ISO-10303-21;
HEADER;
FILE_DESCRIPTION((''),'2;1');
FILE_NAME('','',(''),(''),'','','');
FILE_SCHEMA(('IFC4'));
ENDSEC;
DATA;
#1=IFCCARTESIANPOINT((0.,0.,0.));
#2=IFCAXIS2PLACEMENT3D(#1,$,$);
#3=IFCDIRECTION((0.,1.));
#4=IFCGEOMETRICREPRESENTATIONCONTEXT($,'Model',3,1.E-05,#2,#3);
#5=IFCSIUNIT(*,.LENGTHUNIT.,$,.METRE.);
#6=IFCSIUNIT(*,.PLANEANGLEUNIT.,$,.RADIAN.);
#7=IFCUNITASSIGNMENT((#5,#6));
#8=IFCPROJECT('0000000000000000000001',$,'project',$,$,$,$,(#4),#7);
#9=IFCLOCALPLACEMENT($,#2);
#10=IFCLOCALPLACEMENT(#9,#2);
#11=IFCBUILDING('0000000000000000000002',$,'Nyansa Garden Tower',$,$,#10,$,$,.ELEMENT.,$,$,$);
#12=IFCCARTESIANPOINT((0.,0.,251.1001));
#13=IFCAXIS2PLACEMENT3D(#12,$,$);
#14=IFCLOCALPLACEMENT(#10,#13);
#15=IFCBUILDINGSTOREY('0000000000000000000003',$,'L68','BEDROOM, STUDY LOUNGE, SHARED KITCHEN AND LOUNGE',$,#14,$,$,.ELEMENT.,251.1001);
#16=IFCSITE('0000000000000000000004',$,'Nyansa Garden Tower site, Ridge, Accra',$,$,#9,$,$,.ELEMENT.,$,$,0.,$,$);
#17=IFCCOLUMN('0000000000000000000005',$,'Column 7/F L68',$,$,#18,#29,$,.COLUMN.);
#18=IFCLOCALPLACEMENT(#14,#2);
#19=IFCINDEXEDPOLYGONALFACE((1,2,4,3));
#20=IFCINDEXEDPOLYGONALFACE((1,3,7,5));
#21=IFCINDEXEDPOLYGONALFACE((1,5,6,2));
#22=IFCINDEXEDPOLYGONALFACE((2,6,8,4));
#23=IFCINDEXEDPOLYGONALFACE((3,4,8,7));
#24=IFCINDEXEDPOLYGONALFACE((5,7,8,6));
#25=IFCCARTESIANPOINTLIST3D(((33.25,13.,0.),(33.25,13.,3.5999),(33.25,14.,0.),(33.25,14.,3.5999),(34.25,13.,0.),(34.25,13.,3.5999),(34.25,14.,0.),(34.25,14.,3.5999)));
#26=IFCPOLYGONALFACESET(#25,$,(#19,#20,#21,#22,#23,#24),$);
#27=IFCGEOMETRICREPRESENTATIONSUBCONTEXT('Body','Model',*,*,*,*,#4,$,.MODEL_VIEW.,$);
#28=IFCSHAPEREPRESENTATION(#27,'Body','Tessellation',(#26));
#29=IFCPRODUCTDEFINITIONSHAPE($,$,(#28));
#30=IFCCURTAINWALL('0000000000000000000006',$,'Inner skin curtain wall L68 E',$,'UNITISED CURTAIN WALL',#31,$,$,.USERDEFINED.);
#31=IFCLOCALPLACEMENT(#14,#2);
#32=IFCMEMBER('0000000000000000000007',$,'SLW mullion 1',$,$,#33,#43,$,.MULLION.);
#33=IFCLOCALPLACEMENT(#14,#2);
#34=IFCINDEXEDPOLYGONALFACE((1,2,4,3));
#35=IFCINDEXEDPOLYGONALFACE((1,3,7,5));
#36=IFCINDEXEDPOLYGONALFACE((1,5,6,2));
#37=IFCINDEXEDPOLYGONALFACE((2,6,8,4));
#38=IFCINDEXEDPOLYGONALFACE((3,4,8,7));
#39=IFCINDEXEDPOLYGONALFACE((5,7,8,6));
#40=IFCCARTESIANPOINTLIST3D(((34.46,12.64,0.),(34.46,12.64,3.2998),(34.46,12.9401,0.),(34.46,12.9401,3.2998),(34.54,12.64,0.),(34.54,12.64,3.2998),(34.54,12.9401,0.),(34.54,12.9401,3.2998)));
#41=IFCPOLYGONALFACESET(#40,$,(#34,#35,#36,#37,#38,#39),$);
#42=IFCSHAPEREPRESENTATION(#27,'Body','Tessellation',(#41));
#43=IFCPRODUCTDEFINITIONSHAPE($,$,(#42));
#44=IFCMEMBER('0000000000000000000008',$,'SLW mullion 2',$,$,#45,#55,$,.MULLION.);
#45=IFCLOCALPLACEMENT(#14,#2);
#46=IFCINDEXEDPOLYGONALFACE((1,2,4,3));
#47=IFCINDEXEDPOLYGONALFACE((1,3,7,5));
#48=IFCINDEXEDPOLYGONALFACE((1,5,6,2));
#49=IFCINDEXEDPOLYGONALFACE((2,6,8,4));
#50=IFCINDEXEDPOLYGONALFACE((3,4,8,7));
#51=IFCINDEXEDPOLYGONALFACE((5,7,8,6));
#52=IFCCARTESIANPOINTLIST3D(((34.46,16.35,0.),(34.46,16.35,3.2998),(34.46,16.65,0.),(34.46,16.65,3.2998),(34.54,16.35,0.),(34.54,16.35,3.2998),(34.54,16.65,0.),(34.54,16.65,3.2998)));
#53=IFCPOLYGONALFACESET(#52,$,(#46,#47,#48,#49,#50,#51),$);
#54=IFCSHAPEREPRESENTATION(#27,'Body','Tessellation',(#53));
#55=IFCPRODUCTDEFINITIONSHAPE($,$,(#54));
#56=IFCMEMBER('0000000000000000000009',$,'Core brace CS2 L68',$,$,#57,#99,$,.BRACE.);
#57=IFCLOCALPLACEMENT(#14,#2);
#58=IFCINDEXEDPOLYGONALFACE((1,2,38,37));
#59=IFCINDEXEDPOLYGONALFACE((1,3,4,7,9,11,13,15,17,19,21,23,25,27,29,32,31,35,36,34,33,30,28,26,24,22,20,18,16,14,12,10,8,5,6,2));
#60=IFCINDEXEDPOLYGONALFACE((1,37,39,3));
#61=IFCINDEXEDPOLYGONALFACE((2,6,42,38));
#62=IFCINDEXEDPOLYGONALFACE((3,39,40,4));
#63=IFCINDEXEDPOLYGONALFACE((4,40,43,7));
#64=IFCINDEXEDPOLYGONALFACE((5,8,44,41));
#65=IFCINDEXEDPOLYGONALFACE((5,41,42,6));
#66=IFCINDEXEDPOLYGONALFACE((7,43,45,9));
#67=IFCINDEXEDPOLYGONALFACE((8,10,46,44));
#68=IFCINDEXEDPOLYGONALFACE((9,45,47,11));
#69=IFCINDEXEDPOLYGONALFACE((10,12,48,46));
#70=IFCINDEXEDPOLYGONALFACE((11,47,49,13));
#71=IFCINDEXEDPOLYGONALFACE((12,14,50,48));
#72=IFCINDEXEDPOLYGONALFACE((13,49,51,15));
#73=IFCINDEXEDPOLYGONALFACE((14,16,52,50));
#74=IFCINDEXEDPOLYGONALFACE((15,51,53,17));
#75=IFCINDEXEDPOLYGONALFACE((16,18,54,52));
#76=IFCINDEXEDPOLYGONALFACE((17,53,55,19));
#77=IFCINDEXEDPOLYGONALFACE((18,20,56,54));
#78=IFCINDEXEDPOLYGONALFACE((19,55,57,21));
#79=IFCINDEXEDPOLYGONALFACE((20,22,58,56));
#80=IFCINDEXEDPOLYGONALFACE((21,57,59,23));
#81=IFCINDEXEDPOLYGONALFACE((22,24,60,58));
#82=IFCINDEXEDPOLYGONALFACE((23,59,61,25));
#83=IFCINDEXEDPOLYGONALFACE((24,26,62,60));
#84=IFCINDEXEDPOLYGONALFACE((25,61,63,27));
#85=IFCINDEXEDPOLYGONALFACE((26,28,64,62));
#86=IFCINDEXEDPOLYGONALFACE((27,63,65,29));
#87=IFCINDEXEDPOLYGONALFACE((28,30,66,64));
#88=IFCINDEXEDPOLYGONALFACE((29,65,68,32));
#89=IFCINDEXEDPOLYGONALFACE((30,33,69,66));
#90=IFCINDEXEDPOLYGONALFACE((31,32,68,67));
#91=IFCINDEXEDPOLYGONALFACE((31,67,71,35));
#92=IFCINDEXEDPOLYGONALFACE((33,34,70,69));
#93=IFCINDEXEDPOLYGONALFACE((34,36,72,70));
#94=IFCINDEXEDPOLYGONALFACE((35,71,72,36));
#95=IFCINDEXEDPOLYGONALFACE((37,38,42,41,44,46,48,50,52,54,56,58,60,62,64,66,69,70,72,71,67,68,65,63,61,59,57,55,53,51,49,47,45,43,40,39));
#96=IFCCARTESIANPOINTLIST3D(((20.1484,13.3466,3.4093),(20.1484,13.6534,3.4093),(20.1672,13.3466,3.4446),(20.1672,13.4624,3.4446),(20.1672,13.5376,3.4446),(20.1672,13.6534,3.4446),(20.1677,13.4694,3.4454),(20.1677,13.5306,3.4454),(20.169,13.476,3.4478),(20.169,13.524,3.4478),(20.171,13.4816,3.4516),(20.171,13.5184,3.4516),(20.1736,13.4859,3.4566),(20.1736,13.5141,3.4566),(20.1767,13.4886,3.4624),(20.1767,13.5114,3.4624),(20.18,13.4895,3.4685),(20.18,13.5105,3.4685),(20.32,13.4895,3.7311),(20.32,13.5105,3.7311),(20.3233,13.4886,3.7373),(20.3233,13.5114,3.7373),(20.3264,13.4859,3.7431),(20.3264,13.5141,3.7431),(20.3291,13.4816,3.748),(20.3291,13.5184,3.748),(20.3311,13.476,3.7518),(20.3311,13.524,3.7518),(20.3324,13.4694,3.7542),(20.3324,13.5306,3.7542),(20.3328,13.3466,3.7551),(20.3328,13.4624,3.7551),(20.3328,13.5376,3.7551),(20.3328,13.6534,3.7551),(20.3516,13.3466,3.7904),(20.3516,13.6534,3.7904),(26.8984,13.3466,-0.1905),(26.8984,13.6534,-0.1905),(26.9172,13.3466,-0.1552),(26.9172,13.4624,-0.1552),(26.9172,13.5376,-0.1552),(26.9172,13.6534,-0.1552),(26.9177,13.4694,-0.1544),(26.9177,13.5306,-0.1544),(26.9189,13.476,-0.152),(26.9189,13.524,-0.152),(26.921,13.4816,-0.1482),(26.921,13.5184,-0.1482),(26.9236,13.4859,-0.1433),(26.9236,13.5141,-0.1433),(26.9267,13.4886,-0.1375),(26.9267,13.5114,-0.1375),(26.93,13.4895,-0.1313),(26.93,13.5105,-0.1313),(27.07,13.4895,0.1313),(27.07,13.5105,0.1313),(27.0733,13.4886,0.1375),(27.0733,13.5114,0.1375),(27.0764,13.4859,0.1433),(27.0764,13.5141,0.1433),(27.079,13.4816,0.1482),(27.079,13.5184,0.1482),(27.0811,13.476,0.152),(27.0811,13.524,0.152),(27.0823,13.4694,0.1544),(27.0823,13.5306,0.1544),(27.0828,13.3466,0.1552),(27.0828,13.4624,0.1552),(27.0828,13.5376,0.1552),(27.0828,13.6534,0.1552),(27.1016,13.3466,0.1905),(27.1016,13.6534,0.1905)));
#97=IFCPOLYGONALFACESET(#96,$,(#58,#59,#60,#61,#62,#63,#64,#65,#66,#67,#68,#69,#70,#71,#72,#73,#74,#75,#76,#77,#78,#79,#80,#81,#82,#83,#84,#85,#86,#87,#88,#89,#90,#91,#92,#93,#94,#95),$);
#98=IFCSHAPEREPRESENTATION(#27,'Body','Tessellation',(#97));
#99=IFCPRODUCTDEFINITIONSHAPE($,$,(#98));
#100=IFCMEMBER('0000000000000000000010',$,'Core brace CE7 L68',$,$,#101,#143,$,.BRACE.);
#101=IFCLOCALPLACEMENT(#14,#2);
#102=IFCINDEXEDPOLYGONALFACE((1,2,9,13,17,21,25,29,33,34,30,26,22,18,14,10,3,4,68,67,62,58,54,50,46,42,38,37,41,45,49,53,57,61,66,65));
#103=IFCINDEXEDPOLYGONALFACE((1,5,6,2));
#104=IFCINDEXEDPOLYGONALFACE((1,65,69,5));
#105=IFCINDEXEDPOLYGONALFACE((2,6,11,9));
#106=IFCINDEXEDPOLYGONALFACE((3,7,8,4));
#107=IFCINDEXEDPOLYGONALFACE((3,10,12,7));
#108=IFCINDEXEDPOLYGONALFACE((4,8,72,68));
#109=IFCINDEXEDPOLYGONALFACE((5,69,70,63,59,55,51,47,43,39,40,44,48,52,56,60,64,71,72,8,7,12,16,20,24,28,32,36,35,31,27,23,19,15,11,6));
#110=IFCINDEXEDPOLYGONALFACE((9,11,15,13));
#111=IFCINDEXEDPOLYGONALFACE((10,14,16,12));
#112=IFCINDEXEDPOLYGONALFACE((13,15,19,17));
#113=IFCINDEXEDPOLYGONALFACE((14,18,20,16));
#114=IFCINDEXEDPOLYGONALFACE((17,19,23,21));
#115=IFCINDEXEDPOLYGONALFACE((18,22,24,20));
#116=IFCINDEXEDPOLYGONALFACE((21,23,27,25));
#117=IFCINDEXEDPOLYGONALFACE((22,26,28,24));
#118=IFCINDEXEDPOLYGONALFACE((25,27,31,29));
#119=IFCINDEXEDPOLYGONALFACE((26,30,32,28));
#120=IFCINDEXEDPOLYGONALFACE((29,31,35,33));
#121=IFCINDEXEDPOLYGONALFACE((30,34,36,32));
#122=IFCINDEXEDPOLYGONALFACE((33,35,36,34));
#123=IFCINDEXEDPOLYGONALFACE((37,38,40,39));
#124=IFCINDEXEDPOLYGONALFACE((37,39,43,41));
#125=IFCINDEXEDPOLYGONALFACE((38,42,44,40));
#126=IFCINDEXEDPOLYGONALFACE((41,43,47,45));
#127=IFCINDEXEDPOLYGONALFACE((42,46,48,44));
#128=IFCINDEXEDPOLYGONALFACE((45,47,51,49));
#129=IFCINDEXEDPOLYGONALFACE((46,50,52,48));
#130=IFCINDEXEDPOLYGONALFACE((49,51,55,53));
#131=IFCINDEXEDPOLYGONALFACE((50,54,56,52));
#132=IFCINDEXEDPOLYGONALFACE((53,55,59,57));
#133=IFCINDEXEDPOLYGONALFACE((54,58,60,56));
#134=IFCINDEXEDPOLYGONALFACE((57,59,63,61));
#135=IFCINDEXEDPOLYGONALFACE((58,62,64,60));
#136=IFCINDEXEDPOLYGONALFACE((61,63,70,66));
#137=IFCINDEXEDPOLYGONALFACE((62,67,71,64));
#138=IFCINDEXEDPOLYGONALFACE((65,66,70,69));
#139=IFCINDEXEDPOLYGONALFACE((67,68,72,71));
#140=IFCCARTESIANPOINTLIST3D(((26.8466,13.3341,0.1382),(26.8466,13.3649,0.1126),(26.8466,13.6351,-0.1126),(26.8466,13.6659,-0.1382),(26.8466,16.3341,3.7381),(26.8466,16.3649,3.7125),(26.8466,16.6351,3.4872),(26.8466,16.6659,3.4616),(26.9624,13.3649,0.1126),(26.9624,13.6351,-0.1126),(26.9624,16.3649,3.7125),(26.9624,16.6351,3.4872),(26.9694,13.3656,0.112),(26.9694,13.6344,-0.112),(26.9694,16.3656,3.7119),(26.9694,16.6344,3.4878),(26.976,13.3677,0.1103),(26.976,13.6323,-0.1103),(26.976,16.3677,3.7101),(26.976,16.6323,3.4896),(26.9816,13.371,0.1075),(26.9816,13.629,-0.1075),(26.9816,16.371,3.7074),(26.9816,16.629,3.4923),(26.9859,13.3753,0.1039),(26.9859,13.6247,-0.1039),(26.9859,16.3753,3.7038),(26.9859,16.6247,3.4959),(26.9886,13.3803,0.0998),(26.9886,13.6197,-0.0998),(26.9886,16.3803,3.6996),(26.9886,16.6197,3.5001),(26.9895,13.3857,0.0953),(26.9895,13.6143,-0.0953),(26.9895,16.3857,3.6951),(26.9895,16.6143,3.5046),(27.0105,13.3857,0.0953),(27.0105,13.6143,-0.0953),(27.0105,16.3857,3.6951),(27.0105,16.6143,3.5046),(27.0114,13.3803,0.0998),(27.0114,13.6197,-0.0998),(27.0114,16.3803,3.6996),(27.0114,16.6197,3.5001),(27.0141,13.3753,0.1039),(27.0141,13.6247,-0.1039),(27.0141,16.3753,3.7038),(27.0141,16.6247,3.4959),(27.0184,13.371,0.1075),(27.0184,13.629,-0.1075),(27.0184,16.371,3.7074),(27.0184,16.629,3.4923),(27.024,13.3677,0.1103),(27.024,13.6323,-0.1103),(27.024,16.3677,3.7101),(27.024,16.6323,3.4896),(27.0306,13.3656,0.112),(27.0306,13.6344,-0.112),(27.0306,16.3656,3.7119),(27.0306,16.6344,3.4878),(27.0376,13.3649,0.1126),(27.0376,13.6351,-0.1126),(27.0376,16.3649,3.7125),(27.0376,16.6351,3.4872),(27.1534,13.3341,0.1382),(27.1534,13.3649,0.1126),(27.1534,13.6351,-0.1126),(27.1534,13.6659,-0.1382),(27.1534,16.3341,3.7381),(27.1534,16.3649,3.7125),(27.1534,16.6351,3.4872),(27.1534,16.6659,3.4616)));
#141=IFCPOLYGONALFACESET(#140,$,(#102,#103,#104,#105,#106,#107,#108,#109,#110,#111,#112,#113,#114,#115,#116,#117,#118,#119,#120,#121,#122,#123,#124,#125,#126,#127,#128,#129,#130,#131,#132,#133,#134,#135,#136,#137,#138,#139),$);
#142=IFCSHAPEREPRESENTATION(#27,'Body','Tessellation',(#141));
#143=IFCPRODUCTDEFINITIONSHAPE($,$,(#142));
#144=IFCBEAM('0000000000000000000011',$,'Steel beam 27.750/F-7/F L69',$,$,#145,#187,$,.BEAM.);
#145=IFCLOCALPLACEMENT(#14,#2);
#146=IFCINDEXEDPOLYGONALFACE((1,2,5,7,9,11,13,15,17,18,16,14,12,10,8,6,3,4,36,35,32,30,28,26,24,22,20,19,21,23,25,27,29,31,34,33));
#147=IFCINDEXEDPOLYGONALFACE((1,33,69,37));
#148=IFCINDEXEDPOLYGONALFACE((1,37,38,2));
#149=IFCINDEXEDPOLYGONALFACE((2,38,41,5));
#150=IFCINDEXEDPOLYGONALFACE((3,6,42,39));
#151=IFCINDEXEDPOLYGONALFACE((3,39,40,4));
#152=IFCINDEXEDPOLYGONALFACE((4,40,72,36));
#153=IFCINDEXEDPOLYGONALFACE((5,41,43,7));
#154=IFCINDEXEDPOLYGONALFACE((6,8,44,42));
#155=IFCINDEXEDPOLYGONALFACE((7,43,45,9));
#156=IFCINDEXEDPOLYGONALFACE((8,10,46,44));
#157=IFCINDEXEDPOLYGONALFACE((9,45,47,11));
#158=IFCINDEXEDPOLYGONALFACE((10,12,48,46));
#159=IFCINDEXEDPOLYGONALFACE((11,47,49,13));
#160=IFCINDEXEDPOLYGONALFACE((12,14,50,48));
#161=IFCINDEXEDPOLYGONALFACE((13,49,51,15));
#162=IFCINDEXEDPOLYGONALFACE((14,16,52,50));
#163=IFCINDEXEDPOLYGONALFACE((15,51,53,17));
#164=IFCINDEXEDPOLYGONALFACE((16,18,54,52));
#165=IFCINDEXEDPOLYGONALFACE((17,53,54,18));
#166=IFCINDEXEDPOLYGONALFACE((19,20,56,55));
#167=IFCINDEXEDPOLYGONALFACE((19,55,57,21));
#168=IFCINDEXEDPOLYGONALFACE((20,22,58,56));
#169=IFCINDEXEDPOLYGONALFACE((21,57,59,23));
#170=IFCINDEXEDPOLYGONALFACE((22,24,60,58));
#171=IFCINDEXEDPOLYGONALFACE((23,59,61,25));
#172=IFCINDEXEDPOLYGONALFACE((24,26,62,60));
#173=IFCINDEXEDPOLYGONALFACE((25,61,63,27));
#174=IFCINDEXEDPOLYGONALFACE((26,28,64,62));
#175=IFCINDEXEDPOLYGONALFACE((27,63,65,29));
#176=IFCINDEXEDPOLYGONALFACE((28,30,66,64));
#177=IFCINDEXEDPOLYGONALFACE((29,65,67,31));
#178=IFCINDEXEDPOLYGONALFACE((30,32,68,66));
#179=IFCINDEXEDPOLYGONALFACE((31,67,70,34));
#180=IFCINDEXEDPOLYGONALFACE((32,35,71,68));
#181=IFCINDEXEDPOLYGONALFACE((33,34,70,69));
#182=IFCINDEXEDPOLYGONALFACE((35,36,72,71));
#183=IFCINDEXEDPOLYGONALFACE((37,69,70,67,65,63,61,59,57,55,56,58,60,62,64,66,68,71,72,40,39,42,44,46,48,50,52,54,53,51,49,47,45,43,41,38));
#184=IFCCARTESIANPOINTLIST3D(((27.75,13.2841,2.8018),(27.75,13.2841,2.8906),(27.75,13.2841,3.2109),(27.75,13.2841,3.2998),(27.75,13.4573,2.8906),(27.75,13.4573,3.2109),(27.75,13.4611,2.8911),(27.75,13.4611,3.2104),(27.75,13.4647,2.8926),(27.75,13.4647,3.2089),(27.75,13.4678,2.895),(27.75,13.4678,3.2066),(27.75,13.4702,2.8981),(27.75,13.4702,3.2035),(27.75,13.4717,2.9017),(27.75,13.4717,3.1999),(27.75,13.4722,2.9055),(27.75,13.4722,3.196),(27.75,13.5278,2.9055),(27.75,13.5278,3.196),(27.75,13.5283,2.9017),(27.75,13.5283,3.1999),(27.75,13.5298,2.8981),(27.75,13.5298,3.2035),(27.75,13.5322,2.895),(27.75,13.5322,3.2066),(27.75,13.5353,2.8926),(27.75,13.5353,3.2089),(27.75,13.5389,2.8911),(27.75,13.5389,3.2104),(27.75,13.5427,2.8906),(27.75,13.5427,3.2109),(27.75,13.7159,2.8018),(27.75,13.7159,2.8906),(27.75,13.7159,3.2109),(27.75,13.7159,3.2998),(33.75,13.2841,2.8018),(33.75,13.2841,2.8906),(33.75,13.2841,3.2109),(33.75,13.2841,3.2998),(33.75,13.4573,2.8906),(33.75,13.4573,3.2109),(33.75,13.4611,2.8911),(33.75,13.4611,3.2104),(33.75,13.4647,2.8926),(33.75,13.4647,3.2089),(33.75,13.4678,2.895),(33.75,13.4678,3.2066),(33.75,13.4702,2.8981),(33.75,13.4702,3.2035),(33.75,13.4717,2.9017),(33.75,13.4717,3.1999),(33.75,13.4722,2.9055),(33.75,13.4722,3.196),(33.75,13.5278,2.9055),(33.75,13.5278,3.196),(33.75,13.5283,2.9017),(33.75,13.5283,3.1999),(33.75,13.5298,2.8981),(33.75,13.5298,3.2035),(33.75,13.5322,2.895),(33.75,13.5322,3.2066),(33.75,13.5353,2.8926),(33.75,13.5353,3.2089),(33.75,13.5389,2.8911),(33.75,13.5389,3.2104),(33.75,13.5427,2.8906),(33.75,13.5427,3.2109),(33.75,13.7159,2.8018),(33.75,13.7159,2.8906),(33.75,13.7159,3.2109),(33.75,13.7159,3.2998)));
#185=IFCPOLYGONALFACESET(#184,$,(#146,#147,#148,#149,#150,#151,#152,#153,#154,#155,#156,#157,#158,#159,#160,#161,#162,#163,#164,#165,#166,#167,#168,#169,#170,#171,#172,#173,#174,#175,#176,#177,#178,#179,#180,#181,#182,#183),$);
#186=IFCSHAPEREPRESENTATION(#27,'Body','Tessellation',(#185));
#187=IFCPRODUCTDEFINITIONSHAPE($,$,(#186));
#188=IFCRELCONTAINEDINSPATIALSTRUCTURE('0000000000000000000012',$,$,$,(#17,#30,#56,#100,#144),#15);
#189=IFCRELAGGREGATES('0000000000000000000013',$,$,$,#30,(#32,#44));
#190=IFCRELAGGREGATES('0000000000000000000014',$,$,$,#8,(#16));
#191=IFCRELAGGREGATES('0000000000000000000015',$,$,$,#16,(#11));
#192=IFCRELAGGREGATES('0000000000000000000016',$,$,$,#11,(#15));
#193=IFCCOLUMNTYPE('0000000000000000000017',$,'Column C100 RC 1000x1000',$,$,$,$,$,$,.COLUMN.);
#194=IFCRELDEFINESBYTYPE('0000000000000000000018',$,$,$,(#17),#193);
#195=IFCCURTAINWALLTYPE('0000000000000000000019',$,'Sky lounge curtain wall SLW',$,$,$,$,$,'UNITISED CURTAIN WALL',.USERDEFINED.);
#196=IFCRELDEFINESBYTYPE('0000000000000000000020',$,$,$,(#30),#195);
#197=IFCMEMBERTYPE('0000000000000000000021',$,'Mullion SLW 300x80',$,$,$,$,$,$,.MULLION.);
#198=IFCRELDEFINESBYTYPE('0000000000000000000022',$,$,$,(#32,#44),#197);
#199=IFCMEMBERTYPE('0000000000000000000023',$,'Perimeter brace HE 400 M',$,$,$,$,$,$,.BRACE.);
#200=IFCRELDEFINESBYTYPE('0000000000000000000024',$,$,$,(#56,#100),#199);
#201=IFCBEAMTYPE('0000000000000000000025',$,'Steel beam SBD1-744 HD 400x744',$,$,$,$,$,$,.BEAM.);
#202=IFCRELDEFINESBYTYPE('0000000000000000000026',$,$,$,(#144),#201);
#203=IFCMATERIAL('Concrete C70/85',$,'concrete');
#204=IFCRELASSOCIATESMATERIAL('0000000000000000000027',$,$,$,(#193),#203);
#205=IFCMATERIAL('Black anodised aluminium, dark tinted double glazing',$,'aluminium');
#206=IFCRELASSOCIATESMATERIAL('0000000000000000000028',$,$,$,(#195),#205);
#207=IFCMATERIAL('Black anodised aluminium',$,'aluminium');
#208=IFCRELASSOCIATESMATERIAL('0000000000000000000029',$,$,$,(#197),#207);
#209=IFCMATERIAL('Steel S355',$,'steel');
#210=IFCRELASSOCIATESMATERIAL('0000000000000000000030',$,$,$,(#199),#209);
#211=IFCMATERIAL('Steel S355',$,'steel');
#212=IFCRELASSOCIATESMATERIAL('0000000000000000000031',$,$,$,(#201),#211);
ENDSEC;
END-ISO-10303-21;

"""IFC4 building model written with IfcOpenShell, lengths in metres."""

from ifc_helpers import new_model, si_unit, direction, frame, origin, origin_2d, place, context, subcontext, project, spatial, rectangle, i_section, extrude, material, material_profile, profile_set, type_object, element, aggregate, save


model = new_model("IFC4")

# Units and contexts
model_context = context("Model", 3, precision=1e-05, world=origin(), true_north=direction((0.0, 1.0)))
body_context = subcontext(model_context, "Body", "Model", "MODEL_VIEW")
ifc_project = project(units=[si_unit("LENGTHUNIT", "METRE"), si_unit("PLANEANGLEUNIT", "RADIAN")], contexts=[model_context])

# Site, building, storey
site_placement = place(None, origin())
site = spatial("IfcSite", under=ifc_project, at=site_placement, Name="Nyansa Garden Tower site, Ridge, Accra", CompositionType="ELEMENT", RefElevation=0.0)
building_placement = place(site_placement, origin())
building = spatial("IfcBuilding", under=site, at=building_placement, Name="Nyansa Garden Tower", CompositionType="ELEMENT")
storey_placement = place(building_placement, frame((0.0, 0.0, 251.1001)))
storey = spatial("IfcBuildingStorey", under=building, at=storey_placement, Name="L68", Description="BEDROOM, STUDY LOUNGE, SHARED KITCHEN AND LOUNGE", CompositionType="ELEMENT", Elevation=251.1001)

# Column
ifc_material_1 = material(Name="Concrete C70/85", Category="concrete")
ifc_material_profile_1 = material_profile(ifc_material_1, rectangle(XDim=1.0, YDim=1.0, at=origin_2d()), Name="RC 1000x1000")
ifc_profile_set_1 = profile_set([ifc_material_profile_1], Name="Concrete C70/85")
column_type = type_object("IfcColumnType", Name="Column C100 RC 1000x1000", PredefinedType="COLUMN", material=ifc_profile_set_1)
column_placement = place(storey_placement, frame((33.75, 13.5, 0.0), z_axis=(0.0, 0.0, 1.0), x_axis=(1.0, 0.0, 0.0)))
element("IfcColumn", 1, at=column_placement, inside=storey, type_object=column_type, Name="Column 7/F L68", PredefinedType="COLUMN", context=body_context, shape_type="SweptSolid", body=[
    extrude(rectangle(XDim=1.0, YDim=1.0, at=origin_2d()), origin(), (0.0, 0.0, 1.0), 3.5999),
])

# Curtain wall, members
ifc_material_2 = material(Name="Black anodised aluminium, dark tinted double glazing", Category="aluminium")
curtain_wall_type = type_object("IfcCurtainWallType", Name="Sky lounge curtain wall SLW", ElementType="UNITISED CURTAIN WALL", PredefinedType="USERDEFINED", material=ifc_material_2)
curtain_wall_placement = place(storey_placement, origin())
curtain_wall = element("IfcCurtainWall", 2, at=curtain_wall_placement, inside=storey, type_object=curtain_wall_type, Name="Inner skin curtain wall L68 E", ObjectType="UNITISED CURTAIN WALL", PredefinedType="USERDEFINED")
ifc_material_3 = material(Name="Black anodised aluminium", Category="aluminium")
ifc_material_profile_2 = material_profile(ifc_material_3, rectangle(XDim=0.0801, YDim=0.3, at=origin_2d()), Name="Mullion 300x80")
ifc_profile_set_2 = profile_set([ifc_material_profile_2], Name="Black anodised aluminium")
member_type_1 = type_object("IfcMemberType", Name="Mullion SLW 300x80", PredefinedType="MULLION", material=ifc_profile_set_2)
member_1_placement = place(storey_placement, frame((34.5, 12.79, 0.0), z_axis=(0.0, 0.0, 1.0), x_axis=(-1.0, 0.0, 0.0)))
member_1 = element("IfcMember", 3, at=member_1_placement, type_object=member_type_1, Name="SLW mullion 1", PredefinedType="MULLION", context=body_context, shape_type="SweptSolid", body=[
    extrude(rectangle(XDim=0.0801, YDim=0.3, at=origin_2d()), origin(), (0.0, 0.0, 1.0), 3.2998),
])
member_2_placement = place(storey_placement, frame((34.5, 16.5, 0.0), z_axis=(0.0, 0.0, 1.0), x_axis=(-1.0, 0.0, 0.0)))
member_2 = element("IfcMember", 4, at=member_2_placement, type_object=member_type_1, Name="SLW mullion 2", PredefinedType="MULLION", context=body_context, shape_type="SweptSolid", body=[
    extrude(rectangle(XDim=0.0801, YDim=0.3, at=origin_2d()), origin(), (0.0, 0.0, 1.0), 3.2998),
])

# Members
ifc_material_4 = material(Name="Steel S355", Category="steel")
ifc_material_profile_3 = material_profile(ifc_material_4, i_section(OverallWidth=0.3069, OverallDepth=0.4319, WebThickness=0.021, FlangeThickness=0.04, FilletRadius=0.0271, at=origin_2d()), Name="HE 400 M")
ifc_profile_set_3 = profile_set([ifc_material_profile_3], Name="Steel S355")
member_type_2 = type_object("IfcMemberType", Name="Perimeter brace HE 400 M", PredefinedType="BRACE", material=ifc_profile_set_3)
member_3_placement = place(storey_placement, frame((27.0, 13.5, 0.0), z_axis=(-0.882361, 0.0, 0.470573), x_axis=(0.0, -1.0, 0.0)))
element("IfcMember", 5, at=member_3_placement, inside=storey, type_object=member_type_2, Name="Core brace CS2 L68", PredefinedType="BRACE", context=body_context, shape_type="SweptSolid", body=[
    extrude(i_section(OverallWidth=0.3069, OverallDepth=0.4319, WebThickness=0.021, FlangeThickness=0.04, FilletRadius=0.0271, at=origin_2d()), origin(), (0.0, 0.0, 1.0), 7.6499),
])
member_4_placement = place(storey_placement, frame((27.0, 13.5, 0.0), z_axis=(0.0, 0.6402, 0.768208), x_axis=(-1.0, 0.0, 0.0)))
element("IfcMember", 6, at=member_4_placement, inside=storey, type_object=member_type_2, Name="Core brace CE7 L68", PredefinedType="BRACE", context=body_context, shape_type="SweptSolid", body=[
    extrude(i_section(OverallWidth=0.3069, OverallDepth=0.4319, WebThickness=0.021, FlangeThickness=0.04, FilletRadius=0.0271, at=origin_2d()), origin(), (0.0, 0.0, 1.0), 4.686),
])

# Beam
ifc_material_5 = material(Name="Steel S355", Category="steel")
ifc_material_profile_4 = material_profile(ifc_material_5, i_section(OverallWidth=0.4319, OverallDepth=0.498, WebThickness=0.0557, FlangeThickness=0.0889, FilletRadius=0.0149, at=origin_2d()), Name="HD 400x744")
ifc_profile_set_4 = profile_set([ifc_material_profile_4], Name="Steel S355")
beam_type_1 = type_object("IfcBeamType", Name="Steel beam SBD1-744 HD 400x744", PredefinedType="BEAM", material=ifc_profile_set_4)
beam_1_placement = place(storey_placement, frame((27.75, 13.5, 3.0508), z_axis=(1.0, 0.0, 0.0), x_axis=(0.0, 1.0, 0.0)))
element("IfcBeam", 7, at=beam_1_placement, inside=storey, type_object=beam_type_1, Name="Steel beam 27.750/F-7/F L69", PredefinedType="BEAM", context=body_context, shape_type="SweptSolid", body=[
    extrude(i_section(OverallWidth=0.4319, OverallDepth=0.498, WebThickness=0.0557, FlangeThickness=0.0889, FilletRadius=0.0149, at=origin_2d()), origin(), (0.0, 0.0, 1.0), 6.0),
])

aggregate(curtain_wall, [member_1, member_2])

save(model, "model.ifc")
